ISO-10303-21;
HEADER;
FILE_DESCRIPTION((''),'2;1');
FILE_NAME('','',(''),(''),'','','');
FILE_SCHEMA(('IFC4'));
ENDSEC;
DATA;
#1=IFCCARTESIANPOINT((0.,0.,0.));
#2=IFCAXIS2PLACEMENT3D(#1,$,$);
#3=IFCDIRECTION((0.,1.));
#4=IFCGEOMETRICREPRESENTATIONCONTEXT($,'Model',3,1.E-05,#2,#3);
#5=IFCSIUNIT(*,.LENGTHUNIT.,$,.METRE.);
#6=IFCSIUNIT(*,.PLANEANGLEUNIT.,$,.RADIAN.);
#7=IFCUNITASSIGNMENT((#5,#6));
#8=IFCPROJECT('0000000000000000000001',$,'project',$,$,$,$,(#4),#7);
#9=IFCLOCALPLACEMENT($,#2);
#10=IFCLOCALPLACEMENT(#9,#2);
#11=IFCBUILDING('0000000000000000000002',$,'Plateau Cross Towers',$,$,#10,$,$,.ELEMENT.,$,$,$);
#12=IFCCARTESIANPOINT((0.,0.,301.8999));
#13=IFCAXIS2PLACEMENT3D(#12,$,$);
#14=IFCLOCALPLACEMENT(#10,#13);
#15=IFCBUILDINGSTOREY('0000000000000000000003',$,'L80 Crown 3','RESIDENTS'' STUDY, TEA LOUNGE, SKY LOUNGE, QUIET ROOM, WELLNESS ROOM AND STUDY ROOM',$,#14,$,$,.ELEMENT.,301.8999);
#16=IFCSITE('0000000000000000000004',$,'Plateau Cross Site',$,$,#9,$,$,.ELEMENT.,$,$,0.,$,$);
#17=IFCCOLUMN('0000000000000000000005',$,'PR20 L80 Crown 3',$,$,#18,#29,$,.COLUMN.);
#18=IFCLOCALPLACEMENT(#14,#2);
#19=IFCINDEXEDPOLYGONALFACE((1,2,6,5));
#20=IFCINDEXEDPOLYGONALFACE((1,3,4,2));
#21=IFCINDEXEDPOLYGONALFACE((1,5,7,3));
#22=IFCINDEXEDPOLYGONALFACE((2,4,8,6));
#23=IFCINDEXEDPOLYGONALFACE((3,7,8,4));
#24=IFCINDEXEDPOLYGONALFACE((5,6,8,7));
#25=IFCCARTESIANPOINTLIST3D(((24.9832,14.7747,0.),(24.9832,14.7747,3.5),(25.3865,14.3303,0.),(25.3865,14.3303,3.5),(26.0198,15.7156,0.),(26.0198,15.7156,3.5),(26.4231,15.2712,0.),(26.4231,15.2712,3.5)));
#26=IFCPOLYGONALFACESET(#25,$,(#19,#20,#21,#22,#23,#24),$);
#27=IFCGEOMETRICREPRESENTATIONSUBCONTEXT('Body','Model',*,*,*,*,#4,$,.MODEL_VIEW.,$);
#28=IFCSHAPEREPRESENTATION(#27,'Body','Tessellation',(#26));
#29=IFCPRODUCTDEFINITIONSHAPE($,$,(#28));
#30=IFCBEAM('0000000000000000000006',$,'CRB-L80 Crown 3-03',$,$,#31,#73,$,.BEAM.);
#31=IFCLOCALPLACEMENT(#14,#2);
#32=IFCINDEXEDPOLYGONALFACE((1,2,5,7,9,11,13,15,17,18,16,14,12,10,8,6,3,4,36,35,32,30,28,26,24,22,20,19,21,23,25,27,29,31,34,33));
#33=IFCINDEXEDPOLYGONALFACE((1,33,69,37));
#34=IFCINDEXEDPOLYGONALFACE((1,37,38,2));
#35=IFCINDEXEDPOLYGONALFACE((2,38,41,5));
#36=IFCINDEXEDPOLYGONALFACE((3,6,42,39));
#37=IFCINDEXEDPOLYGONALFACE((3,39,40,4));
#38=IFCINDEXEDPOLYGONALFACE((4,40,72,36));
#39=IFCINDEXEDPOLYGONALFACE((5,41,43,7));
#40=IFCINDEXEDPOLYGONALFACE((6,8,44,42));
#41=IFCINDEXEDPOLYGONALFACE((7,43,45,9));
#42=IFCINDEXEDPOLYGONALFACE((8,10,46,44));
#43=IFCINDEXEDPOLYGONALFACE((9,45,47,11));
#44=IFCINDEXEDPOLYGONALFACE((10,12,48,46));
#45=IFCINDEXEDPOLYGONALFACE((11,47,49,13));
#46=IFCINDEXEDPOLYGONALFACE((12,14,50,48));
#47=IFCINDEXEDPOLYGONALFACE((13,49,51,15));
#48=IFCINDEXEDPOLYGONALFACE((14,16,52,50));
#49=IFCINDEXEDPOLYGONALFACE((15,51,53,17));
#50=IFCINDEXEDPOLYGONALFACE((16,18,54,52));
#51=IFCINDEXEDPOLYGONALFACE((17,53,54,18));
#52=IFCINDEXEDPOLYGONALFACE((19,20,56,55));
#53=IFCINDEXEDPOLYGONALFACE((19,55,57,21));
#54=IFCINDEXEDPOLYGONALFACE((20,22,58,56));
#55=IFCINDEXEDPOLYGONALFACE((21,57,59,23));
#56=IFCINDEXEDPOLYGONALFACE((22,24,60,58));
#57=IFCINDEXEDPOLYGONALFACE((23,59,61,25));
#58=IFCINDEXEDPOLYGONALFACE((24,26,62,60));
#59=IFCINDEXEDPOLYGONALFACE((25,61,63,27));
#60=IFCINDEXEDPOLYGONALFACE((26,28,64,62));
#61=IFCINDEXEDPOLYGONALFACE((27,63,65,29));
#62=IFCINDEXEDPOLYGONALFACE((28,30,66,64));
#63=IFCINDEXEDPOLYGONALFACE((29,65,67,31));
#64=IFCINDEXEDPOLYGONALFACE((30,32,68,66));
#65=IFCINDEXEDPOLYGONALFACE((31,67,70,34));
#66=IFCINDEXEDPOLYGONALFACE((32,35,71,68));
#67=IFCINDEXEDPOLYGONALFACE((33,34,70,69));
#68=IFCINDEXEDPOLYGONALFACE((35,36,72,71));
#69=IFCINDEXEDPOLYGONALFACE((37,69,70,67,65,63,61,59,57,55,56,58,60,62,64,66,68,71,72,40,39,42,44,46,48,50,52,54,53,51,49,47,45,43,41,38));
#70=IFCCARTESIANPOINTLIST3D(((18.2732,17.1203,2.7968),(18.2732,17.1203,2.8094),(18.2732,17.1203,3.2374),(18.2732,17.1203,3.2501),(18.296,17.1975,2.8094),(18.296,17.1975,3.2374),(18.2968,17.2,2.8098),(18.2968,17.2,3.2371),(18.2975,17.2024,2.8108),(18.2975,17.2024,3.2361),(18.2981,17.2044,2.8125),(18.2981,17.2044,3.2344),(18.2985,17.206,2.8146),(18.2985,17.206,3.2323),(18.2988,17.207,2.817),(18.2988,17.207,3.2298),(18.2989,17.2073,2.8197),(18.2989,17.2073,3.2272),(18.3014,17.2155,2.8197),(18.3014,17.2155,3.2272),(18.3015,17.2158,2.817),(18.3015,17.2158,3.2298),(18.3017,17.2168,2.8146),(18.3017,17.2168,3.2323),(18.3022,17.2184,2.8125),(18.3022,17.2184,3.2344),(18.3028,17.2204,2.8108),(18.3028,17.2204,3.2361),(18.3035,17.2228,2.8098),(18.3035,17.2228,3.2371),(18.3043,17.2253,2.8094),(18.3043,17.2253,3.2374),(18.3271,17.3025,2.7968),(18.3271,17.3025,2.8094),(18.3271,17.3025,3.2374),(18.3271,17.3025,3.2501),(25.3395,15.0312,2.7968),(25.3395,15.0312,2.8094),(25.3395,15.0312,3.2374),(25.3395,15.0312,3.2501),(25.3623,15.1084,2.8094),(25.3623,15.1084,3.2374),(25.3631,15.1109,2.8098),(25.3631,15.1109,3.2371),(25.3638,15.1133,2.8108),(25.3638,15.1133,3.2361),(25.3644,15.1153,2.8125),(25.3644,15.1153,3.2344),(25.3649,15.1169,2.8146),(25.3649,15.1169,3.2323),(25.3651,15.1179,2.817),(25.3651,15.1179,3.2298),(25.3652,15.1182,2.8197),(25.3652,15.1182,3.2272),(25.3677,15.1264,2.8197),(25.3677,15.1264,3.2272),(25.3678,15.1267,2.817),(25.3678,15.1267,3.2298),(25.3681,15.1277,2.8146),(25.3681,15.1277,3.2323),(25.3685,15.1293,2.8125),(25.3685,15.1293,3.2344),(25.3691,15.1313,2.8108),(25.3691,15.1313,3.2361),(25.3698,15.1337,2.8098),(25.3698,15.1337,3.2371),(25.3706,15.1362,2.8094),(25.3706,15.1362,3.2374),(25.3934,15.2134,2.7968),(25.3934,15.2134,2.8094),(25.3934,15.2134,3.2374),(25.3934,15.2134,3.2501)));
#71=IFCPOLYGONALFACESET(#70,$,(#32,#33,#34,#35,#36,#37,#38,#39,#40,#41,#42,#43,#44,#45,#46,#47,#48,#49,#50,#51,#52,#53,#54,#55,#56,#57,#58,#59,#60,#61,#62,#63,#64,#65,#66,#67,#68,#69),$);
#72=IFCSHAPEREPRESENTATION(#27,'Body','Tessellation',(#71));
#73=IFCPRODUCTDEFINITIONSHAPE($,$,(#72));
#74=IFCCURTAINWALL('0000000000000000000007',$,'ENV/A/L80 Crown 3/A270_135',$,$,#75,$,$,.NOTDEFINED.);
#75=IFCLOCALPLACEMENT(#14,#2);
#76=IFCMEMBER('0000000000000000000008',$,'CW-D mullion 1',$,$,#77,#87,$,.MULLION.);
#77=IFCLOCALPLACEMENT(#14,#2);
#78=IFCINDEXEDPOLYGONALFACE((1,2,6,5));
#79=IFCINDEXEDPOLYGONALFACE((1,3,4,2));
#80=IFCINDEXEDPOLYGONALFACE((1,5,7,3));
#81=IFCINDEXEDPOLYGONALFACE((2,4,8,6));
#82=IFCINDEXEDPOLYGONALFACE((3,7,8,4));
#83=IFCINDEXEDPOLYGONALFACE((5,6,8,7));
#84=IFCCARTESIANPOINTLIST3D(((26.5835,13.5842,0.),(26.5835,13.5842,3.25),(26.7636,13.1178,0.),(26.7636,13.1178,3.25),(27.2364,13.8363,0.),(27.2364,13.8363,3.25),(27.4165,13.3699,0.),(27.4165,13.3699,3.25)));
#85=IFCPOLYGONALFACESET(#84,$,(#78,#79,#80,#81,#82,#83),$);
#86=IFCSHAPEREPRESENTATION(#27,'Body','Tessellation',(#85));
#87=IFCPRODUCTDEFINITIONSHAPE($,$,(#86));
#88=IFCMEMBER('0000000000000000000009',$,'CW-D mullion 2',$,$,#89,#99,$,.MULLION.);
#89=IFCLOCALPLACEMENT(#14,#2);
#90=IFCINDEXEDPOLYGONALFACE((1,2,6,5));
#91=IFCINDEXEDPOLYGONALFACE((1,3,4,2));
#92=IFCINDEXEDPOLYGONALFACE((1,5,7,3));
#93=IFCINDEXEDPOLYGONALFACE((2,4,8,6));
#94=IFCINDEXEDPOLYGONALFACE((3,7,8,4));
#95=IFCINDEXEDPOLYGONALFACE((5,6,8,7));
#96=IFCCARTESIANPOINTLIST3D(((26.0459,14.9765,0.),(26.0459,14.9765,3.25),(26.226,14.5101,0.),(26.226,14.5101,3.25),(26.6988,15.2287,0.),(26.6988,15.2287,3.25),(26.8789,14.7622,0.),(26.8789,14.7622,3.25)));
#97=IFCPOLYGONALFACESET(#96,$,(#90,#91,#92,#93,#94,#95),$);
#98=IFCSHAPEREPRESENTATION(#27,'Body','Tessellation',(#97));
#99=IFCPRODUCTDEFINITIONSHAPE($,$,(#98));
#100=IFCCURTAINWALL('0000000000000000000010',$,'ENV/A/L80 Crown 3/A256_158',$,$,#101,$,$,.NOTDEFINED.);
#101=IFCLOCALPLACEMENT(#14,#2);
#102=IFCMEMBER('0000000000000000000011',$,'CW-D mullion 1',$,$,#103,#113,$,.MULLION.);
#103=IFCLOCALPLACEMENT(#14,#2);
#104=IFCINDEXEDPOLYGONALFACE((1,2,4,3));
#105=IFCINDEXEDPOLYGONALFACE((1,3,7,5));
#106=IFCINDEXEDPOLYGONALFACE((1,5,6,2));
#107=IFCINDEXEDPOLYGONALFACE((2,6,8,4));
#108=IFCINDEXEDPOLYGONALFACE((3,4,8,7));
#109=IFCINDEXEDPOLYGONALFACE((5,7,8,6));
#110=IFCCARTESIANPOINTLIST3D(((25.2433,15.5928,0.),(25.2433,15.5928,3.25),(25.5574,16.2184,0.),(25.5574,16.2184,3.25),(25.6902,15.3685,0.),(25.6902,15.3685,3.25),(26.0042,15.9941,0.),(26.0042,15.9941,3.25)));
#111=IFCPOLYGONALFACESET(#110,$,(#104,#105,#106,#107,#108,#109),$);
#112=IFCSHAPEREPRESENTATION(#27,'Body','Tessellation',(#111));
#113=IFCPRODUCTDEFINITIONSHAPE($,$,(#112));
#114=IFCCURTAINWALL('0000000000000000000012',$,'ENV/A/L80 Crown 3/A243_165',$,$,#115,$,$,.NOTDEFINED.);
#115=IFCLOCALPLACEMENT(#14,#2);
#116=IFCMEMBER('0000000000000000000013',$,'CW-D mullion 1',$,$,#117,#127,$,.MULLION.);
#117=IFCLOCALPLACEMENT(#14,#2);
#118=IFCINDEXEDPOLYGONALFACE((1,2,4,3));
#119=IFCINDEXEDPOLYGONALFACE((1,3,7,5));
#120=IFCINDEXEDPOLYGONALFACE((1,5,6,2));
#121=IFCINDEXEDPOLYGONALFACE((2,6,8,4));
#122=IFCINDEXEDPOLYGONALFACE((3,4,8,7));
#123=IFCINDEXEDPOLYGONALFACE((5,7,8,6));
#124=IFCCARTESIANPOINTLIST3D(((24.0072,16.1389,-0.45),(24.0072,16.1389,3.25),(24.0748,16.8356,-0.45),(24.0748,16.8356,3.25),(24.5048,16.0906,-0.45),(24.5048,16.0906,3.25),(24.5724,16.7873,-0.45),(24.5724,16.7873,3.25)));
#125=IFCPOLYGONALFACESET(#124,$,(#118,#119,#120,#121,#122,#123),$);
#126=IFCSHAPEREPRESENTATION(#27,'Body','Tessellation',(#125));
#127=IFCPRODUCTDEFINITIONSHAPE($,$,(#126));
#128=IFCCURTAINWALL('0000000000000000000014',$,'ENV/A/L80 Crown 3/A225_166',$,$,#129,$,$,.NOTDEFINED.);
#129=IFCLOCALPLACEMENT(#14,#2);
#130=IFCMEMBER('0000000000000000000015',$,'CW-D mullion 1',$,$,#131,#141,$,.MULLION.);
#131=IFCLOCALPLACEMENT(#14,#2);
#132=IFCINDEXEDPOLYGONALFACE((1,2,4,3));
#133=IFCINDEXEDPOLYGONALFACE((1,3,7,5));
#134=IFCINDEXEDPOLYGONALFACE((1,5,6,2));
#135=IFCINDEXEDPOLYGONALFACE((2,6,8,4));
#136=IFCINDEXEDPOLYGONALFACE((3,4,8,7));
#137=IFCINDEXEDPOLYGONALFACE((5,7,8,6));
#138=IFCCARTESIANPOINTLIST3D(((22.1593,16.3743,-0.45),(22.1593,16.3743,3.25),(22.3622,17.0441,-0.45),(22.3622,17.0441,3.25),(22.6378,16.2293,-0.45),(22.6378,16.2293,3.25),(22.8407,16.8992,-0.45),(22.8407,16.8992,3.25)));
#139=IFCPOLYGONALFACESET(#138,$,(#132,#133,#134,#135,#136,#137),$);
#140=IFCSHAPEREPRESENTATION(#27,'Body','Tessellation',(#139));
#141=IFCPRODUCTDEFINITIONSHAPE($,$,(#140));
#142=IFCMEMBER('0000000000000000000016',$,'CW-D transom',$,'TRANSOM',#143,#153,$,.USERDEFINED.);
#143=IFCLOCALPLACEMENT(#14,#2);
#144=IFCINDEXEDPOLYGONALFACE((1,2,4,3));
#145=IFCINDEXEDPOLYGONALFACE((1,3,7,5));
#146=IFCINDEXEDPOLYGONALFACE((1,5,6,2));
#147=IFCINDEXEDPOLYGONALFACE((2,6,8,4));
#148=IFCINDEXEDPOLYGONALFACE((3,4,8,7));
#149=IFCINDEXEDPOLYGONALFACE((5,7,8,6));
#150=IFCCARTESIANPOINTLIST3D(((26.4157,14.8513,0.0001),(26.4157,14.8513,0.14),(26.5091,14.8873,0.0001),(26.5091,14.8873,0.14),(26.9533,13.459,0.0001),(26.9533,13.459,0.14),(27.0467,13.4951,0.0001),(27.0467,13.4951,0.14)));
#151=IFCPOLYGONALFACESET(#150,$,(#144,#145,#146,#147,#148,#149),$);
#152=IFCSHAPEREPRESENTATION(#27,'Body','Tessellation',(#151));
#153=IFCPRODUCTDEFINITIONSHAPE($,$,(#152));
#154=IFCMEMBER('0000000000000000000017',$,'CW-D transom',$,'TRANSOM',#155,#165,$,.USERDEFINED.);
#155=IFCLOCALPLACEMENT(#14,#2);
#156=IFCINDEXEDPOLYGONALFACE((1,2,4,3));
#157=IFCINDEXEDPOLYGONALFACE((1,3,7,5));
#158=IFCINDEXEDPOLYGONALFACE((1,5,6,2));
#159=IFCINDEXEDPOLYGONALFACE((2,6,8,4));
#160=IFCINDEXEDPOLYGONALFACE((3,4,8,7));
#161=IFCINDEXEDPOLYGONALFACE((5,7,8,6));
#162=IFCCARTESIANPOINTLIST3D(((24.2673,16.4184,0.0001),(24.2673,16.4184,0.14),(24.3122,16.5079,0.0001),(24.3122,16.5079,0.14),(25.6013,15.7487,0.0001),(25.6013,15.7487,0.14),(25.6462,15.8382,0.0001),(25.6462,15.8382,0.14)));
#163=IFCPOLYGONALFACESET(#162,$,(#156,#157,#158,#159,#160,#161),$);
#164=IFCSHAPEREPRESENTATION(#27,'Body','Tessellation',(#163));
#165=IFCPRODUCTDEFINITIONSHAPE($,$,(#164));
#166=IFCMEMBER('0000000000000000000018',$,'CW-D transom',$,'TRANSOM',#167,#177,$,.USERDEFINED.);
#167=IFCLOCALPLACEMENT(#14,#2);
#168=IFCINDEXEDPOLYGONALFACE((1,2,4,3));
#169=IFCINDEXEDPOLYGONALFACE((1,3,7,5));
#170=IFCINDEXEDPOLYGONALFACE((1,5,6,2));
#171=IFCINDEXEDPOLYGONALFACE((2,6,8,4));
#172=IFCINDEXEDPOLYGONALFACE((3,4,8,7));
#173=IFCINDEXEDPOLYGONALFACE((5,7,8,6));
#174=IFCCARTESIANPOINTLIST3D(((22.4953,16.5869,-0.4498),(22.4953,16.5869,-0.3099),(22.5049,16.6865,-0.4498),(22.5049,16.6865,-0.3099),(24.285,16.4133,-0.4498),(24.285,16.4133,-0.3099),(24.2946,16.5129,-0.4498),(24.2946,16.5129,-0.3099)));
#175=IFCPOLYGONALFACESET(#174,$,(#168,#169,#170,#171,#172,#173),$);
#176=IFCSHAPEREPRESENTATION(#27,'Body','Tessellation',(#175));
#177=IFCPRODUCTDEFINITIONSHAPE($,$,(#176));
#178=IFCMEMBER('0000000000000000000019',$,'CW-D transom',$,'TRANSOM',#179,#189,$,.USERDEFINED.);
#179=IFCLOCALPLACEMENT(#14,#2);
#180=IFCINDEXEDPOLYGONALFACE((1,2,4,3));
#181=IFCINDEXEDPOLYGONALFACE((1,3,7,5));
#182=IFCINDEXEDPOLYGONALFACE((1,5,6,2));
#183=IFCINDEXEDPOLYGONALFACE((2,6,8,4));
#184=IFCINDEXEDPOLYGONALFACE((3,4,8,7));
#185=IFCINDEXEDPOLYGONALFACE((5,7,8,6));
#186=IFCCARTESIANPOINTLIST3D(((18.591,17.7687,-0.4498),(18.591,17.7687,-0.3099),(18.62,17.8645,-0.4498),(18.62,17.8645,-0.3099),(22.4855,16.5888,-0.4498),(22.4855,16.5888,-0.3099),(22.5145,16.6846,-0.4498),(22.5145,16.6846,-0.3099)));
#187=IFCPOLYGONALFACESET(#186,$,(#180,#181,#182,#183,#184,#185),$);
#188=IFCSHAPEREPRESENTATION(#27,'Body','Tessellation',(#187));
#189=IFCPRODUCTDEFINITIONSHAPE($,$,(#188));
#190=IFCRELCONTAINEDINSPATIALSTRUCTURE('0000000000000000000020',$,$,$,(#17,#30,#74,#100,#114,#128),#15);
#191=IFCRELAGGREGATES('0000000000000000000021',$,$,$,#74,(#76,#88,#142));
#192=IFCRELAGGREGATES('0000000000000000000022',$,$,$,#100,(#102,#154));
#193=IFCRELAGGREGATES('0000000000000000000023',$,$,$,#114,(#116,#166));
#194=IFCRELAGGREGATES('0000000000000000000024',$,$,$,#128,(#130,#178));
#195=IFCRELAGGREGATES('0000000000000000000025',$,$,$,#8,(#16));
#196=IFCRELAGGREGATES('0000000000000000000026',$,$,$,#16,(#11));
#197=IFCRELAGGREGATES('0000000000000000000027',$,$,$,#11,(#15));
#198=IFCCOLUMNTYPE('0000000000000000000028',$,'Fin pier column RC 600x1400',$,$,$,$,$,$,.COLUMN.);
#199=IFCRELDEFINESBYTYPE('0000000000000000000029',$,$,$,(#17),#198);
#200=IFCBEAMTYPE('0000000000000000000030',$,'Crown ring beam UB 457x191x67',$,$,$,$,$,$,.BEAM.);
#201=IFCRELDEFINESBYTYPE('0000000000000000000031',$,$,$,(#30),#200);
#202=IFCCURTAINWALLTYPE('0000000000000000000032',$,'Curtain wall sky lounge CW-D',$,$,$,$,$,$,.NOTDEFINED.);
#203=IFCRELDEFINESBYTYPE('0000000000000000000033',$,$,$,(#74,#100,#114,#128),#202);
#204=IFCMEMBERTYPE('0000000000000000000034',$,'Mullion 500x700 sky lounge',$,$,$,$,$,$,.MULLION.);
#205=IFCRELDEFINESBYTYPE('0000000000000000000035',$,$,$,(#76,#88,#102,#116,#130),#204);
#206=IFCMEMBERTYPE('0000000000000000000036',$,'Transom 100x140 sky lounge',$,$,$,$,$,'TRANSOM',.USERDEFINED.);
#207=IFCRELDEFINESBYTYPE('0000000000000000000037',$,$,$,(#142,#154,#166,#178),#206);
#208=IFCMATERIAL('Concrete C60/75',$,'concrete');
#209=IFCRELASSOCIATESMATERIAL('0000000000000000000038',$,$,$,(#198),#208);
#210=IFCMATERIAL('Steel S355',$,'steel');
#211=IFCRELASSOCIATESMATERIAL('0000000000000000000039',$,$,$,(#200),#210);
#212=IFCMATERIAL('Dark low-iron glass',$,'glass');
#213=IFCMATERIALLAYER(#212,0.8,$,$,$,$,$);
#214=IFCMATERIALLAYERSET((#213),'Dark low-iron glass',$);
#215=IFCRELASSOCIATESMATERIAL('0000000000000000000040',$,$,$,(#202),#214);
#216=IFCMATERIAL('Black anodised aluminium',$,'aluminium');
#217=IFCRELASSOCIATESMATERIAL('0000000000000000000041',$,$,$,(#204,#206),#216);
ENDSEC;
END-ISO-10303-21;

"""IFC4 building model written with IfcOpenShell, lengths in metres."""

from ifc_helpers import new_model, si_unit, direction, frame, origin, origin_2d, place, context, subcontext, project, spatial, rectangle, i_section, extrude, material, layer, layer_set, material_profile, profile_set, type_object, element, aggregate, save


model = new_model("IFC4")

# Units and contexts
model_context = context("Model", 3, precision=1e-05, world=origin(), true_north=direction((0.0, 1.0)))
body_context = subcontext(model_context, "Body", "Model", "MODEL_VIEW")
ifc_project = project(units=[si_unit("LENGTHUNIT", "METRE"), si_unit("PLANEANGLEUNIT", "RADIAN")], contexts=[model_context])

# Site, building, storey
site_placement = place(None, origin())
site = spatial("IfcSite", under=ifc_project, at=site_placement, Name="Plateau Cross Site", CompositionType="ELEMENT", RefElevation=0.0)
building_placement = place(site_placement, origin())
building = spatial("IfcBuilding", under=site, at=building_placement, Name="Plateau Cross Towers", CompositionType="ELEMENT")
storey_placement = place(building_placement, frame((0.0, 0.0, 301.8999)))
storey = spatial("IfcBuildingStorey", under=building, at=storey_placement, Name="L80 Crown 3", Description="RESIDENTS' STUDY, TEA LOUNGE, SKY LOUNGE, QUIET ROOM, WELLNESS ROOM AND STUDY ROOM", CompositionType="ELEMENT", Elevation=301.8999)

# Column
ifc_material_1 = material(Name="Concrete C60/75", Category="concrete")
ifc_material_profile_1 = material_profile(ifc_material_1, rectangle(XDim=0.6001, YDim=1.3999, at=origin_2d()), Name="RC 600x1400")
ifc_profile_set_1 = profile_set([ifc_material_profile_1], Name="Concrete C60/75")
column_type = type_object("IfcColumnType", Name="Fin pier column RC 600x1400", PredefinedType="COLUMN", material=ifc_profile_set_1)
column_placement = place(storey_placement, frame((25.7031, 15.0229, 0.0), z_axis=(0.0, 0.0, 1.0), x_axis=(-0.672084, 0.740475, 0.0)))
element("IfcColumn", 1, at=column_placement, inside=storey, type_object=column_type, Name="PR20 L80 Crown 3", PredefinedType="COLUMN", context=body_context, shape_type="SweptSolid", body=[
    extrude(rectangle(XDim=0.6001, YDim=1.3999, at=origin_2d()), origin(), (0.0, 0.0, 1.0), 3.5),
])

# Beam
ifc_material_2 = material(Name="Steel S355", Category="steel")
ifc_material_profile_2 = material_profile(ifc_material_2, i_section(OverallWidth=0.1899, OverallDepth=0.4534, WebThickness=0.0085, FlangeThickness=0.0127, FilletRadius=0.0103, at=origin_2d()), Name="UB 457x191x67")
ifc_profile_set_2 = profile_set([ifc_material_profile_2], Name="Steel S355")
beam_type = type_object("IfcBeamType", Name="Crown ring beam UB 457x191x67", PredefinedType="BEAM", material=ifc_profile_set_2)
beam_placement = place(storey_placement, frame((25.3665, 15.1223, 3.0234), z_axis=(-0.958969, 0.28351, 0.0), x_axis=(-0.28351, -0.958969, 0.0)))
element("IfcBeam", 2, at=beam_placement, inside=storey, type_object=beam_type, Name="CRB-L80 Crown 3-03", PredefinedType="BEAM", context=body_context, shape_type="SweptSolid", body=[
    extrude(i_section(OverallWidth=0.1899, OverallDepth=0.4534, WebThickness=0.0085, FlangeThickness=0.0127, FilletRadius=0.0103, at=origin_2d()), origin(), (0.0, 0.0, 1.0), 7.3687),
])

# Curtain wall, members
ifc_material_3 = material(Name="Dark low-iron glass", Category="glass")
ifc_layer_1 = layer(ifc_material_3, 0.8)
ifc_layer_set_1 = layer_set([ifc_layer_1], Name="Dark low-iron glass")
curtain_wall_type = type_object("IfcCurtainWallType", Name="Curtain wall sky lounge CW-D", PredefinedType="NOTDEFINED", material=ifc_layer_set_1)
curtain_wall_1_placement = place(storey_placement, origin())
curtain_wall_1 = element("IfcCurtainWall", 3, at=curtain_wall_1_placement, inside=storey, type_object=curtain_wall_type, Name="ENV/A/L80 Crown 3/A270_135", PredefinedType="NOTDEFINED")
ifc_material_4 = material(Name="Black anodised aluminium", Category="aluminium")
ifc_material_profile_3 = material_profile(ifc_material_4, rectangle(XDim=0.5, YDim=0.7, at=origin_2d()), Name="MULLION 500x700")
ifc_profile_set_3 = profile_set([ifc_material_profile_3], Name="Black anodised aluminium")
member_type_1 = type_object("IfcMemberType", Name="Mullion 500x700 sky lounge", PredefinedType="MULLION", material=ifc_profile_set_3)
member_1_placement = place(storey_placement, frame((27.0, 13.4771, 0.0), z_axis=(0.0, 0.0, 1.0), x_axis=(-0.360226, 0.932865, 0.0)))
member_1 = element("IfcMember", 4, at=member_1_placement, type_object=member_type_1, Name="CW-D mullion 1", PredefinedType="MULLION", context=body_context, shape_type="SweptSolid", body=[
    extrude(rectangle(XDim=0.5, YDim=0.7, at=origin_2d()), origin(), (0.0, 0.0, 1.0), 3.25),
])
member_2_placement = place(storey_placement, frame((26.4624, 14.8694, 0.0), z_axis=(0.0, 0.0, 1.0), x_axis=(-0.360226, 0.932865, 0.0)))
member_2 = element("IfcMember", 5, at=member_2_placement, type_object=member_type_1, Name="CW-D mullion 2", PredefinedType="MULLION", context=body_context, shape_type="SweptSolid", body=[
    extrude(rectangle(XDim=0.5, YDim=0.7, at=origin_2d()), origin(), (0.0, 0.0, 1.0), 3.25),
])

# Curtain walls, members
curtain_wall_2_placement = place(storey_placement, origin())
curtain_wall_2 = element("IfcCurtainWall", 6, at=curtain_wall_2_placement, inside=storey, type_object=curtain_wall_type, Name="ENV/A/L80 Crown 3/A256_158", PredefinedType="NOTDEFINED")
member_3_placement = place(storey_placement, frame((25.6238, 15.7935, 0.0), z_axis=(0.0, 0.0, 1.0), x_axis=(-0.893702, 0.448661, 0.0)))
member_3 = element("IfcMember", 7, at=member_3_placement, type_object=member_type_1, Name="CW-D mullion 1", PredefinedType="MULLION", context=body_context, shape_type="SweptSolid", body=[
    extrude(rectangle(XDim=0.5, YDim=0.7, at=origin_2d()), origin(), (0.0, 0.0, 1.0), 3.25),
])
curtain_wall_3_placement = place(storey_placement, origin())
curtain_wall_3 = element("IfcCurtainWall", 8, at=curtain_wall_3_placement, inside=storey, type_object=curtain_wall_type, Name="ENV/A/L80 Crown 3/A243_165", PredefinedType="NOTDEFINED")
member_4_placement = place(storey_placement, frame((24.2898, 16.4631, -0.45), z_axis=(0.0, 0.0, 1.0), x_axis=(-0.995323, 0.096606, 0.0)))
member_4 = element("IfcMember", 9, at=member_4_placement, type_object=member_type_1, Name="CW-D mullion 1", PredefinedType="MULLION", context=body_context, shape_type="SweptSolid", body=[
    extrude(rectangle(XDim=0.5, YDim=0.7, at=origin_2d()), origin(), (0.0, 0.0, 1.0), 3.7),
])
curtain_wall_4_placement = place(storey_placement, origin())
curtain_wall_4 = element("IfcCurtainWall", 10, at=curtain_wall_4_placement, inside=storey, type_object=curtain_wall_type, Name="ENV/A/L80 Crown 3/A225_166", PredefinedType="NOTDEFINED")
member_5_placement = place(storey_placement, frame((22.5, 16.6367, -0.45), z_axis=(0.0, 0.0, 1.0), x_axis=(-0.957048, 0.289928, 0.0)))
member_5 = element("IfcMember", 11, at=member_5_placement, type_object=member_type_1, Name="CW-D mullion 1", PredefinedType="MULLION", context=body_context, shape_type="SweptSolid", body=[
    extrude(rectangle(XDim=0.5, YDim=0.7, at=origin_2d()), origin(), (0.0, 0.0, 1.0), 3.7),
])

# Members
ifc_material_profile_4 = material_profile(ifc_material_4, rectangle(XDim=0.1001, YDim=0.1399, at=origin_2d()), Name="TRANSOM 100x140")
ifc_profile_set_4 = profile_set([ifc_material_profile_4], Name="Black anodised aluminium")
member_type_2 = type_object("IfcMemberType", Name="Transom 100x140 sky lounge", ElementType="TRANSOM", PredefinedType="USERDEFINED", material=ifc_profile_set_4)
member_6_placement = place(storey_placement, frame((27.0, 13.4771, 0.0701), z_axis=(-0.360195, 0.932877, 0.0), x_axis=(-0.932877, -0.360195, 0.0)))
member_6 = element("IfcMember", 12, at=member_6_placement, type_object=member_type_2, Name="CW-D transom", ObjectType="TRANSOM", PredefinedType="USERDEFINED", context=body_context, shape_type="SweptSolid", body=[
    extrude(rectangle(XDim=0.1001, YDim=0.1399, at=origin_2d()), origin(), (0.0, 0.0, 1.0), 1.4924),
])
member_7_placement = place(storey_placement, frame((25.6238, 15.7935, 0.0701), z_axis=(-0.893706, 0.448652, 0.0), x_axis=(-0.448652, -0.893706, 0.0)))
member_7 = element("IfcMember", 13, at=member_7_placement, type_object=member_type_2, Name="CW-D transom", ObjectType="TRANSOM", PredefinedType="USERDEFINED", context=body_context, shape_type="SweptSolid", body=[
    extrude(rectangle(XDim=0.1001, YDim=0.1399, at=origin_2d()), origin(), (0.0, 0.0, 1.0), 1.4927),
])
member_8_placement = place(storey_placement, frame((24.2898, 16.4631, -0.3799), z_axis=(-0.99533, 0.096532, 0.0), x_axis=(-0.096532, -0.99533, 0.0)))
member_8 = element("IfcMember", 14, at=member_8_placement, type_object=member_type_2, Name="CW-D transom", ObjectType="TRANSOM", PredefinedType="USERDEFINED", context=body_context, shape_type="SweptSolid", body=[
    extrude(rectangle(XDim=0.1001, YDim=0.1399, at=origin_2d()), origin(), (0.0, 0.0, 1.0), 1.7981),
])
member_9_placement = place(storey_placement, frame((22.5, 16.6367, -0.3799), z_axis=(-0.95704, 0.289956, 0.0), x_axis=(-0.289956, -0.95704, 0.0)))
member_9 = element("IfcMember", 15, at=member_9_placement, type_object=member_type_2, Name="CW-D transom", ObjectType="TRANSOM", PredefinedType="USERDEFINED", context=body_context, shape_type="SweptSolid", body=[
    extrude(rectangle(XDim=0.1001, YDim=0.1399, at=origin_2d()), origin(), (0.0, 0.0, 1.0), 4.0693),
])

aggregate(curtain_wall_1, [member_1, member_2, member_6])
aggregate(curtain_wall_2, [member_3, member_7])
aggregate(curtain_wall_3, [member_4, member_8])
aggregate(curtain_wall_4, [member_5, member_9])

save(model, "model.ifc")
